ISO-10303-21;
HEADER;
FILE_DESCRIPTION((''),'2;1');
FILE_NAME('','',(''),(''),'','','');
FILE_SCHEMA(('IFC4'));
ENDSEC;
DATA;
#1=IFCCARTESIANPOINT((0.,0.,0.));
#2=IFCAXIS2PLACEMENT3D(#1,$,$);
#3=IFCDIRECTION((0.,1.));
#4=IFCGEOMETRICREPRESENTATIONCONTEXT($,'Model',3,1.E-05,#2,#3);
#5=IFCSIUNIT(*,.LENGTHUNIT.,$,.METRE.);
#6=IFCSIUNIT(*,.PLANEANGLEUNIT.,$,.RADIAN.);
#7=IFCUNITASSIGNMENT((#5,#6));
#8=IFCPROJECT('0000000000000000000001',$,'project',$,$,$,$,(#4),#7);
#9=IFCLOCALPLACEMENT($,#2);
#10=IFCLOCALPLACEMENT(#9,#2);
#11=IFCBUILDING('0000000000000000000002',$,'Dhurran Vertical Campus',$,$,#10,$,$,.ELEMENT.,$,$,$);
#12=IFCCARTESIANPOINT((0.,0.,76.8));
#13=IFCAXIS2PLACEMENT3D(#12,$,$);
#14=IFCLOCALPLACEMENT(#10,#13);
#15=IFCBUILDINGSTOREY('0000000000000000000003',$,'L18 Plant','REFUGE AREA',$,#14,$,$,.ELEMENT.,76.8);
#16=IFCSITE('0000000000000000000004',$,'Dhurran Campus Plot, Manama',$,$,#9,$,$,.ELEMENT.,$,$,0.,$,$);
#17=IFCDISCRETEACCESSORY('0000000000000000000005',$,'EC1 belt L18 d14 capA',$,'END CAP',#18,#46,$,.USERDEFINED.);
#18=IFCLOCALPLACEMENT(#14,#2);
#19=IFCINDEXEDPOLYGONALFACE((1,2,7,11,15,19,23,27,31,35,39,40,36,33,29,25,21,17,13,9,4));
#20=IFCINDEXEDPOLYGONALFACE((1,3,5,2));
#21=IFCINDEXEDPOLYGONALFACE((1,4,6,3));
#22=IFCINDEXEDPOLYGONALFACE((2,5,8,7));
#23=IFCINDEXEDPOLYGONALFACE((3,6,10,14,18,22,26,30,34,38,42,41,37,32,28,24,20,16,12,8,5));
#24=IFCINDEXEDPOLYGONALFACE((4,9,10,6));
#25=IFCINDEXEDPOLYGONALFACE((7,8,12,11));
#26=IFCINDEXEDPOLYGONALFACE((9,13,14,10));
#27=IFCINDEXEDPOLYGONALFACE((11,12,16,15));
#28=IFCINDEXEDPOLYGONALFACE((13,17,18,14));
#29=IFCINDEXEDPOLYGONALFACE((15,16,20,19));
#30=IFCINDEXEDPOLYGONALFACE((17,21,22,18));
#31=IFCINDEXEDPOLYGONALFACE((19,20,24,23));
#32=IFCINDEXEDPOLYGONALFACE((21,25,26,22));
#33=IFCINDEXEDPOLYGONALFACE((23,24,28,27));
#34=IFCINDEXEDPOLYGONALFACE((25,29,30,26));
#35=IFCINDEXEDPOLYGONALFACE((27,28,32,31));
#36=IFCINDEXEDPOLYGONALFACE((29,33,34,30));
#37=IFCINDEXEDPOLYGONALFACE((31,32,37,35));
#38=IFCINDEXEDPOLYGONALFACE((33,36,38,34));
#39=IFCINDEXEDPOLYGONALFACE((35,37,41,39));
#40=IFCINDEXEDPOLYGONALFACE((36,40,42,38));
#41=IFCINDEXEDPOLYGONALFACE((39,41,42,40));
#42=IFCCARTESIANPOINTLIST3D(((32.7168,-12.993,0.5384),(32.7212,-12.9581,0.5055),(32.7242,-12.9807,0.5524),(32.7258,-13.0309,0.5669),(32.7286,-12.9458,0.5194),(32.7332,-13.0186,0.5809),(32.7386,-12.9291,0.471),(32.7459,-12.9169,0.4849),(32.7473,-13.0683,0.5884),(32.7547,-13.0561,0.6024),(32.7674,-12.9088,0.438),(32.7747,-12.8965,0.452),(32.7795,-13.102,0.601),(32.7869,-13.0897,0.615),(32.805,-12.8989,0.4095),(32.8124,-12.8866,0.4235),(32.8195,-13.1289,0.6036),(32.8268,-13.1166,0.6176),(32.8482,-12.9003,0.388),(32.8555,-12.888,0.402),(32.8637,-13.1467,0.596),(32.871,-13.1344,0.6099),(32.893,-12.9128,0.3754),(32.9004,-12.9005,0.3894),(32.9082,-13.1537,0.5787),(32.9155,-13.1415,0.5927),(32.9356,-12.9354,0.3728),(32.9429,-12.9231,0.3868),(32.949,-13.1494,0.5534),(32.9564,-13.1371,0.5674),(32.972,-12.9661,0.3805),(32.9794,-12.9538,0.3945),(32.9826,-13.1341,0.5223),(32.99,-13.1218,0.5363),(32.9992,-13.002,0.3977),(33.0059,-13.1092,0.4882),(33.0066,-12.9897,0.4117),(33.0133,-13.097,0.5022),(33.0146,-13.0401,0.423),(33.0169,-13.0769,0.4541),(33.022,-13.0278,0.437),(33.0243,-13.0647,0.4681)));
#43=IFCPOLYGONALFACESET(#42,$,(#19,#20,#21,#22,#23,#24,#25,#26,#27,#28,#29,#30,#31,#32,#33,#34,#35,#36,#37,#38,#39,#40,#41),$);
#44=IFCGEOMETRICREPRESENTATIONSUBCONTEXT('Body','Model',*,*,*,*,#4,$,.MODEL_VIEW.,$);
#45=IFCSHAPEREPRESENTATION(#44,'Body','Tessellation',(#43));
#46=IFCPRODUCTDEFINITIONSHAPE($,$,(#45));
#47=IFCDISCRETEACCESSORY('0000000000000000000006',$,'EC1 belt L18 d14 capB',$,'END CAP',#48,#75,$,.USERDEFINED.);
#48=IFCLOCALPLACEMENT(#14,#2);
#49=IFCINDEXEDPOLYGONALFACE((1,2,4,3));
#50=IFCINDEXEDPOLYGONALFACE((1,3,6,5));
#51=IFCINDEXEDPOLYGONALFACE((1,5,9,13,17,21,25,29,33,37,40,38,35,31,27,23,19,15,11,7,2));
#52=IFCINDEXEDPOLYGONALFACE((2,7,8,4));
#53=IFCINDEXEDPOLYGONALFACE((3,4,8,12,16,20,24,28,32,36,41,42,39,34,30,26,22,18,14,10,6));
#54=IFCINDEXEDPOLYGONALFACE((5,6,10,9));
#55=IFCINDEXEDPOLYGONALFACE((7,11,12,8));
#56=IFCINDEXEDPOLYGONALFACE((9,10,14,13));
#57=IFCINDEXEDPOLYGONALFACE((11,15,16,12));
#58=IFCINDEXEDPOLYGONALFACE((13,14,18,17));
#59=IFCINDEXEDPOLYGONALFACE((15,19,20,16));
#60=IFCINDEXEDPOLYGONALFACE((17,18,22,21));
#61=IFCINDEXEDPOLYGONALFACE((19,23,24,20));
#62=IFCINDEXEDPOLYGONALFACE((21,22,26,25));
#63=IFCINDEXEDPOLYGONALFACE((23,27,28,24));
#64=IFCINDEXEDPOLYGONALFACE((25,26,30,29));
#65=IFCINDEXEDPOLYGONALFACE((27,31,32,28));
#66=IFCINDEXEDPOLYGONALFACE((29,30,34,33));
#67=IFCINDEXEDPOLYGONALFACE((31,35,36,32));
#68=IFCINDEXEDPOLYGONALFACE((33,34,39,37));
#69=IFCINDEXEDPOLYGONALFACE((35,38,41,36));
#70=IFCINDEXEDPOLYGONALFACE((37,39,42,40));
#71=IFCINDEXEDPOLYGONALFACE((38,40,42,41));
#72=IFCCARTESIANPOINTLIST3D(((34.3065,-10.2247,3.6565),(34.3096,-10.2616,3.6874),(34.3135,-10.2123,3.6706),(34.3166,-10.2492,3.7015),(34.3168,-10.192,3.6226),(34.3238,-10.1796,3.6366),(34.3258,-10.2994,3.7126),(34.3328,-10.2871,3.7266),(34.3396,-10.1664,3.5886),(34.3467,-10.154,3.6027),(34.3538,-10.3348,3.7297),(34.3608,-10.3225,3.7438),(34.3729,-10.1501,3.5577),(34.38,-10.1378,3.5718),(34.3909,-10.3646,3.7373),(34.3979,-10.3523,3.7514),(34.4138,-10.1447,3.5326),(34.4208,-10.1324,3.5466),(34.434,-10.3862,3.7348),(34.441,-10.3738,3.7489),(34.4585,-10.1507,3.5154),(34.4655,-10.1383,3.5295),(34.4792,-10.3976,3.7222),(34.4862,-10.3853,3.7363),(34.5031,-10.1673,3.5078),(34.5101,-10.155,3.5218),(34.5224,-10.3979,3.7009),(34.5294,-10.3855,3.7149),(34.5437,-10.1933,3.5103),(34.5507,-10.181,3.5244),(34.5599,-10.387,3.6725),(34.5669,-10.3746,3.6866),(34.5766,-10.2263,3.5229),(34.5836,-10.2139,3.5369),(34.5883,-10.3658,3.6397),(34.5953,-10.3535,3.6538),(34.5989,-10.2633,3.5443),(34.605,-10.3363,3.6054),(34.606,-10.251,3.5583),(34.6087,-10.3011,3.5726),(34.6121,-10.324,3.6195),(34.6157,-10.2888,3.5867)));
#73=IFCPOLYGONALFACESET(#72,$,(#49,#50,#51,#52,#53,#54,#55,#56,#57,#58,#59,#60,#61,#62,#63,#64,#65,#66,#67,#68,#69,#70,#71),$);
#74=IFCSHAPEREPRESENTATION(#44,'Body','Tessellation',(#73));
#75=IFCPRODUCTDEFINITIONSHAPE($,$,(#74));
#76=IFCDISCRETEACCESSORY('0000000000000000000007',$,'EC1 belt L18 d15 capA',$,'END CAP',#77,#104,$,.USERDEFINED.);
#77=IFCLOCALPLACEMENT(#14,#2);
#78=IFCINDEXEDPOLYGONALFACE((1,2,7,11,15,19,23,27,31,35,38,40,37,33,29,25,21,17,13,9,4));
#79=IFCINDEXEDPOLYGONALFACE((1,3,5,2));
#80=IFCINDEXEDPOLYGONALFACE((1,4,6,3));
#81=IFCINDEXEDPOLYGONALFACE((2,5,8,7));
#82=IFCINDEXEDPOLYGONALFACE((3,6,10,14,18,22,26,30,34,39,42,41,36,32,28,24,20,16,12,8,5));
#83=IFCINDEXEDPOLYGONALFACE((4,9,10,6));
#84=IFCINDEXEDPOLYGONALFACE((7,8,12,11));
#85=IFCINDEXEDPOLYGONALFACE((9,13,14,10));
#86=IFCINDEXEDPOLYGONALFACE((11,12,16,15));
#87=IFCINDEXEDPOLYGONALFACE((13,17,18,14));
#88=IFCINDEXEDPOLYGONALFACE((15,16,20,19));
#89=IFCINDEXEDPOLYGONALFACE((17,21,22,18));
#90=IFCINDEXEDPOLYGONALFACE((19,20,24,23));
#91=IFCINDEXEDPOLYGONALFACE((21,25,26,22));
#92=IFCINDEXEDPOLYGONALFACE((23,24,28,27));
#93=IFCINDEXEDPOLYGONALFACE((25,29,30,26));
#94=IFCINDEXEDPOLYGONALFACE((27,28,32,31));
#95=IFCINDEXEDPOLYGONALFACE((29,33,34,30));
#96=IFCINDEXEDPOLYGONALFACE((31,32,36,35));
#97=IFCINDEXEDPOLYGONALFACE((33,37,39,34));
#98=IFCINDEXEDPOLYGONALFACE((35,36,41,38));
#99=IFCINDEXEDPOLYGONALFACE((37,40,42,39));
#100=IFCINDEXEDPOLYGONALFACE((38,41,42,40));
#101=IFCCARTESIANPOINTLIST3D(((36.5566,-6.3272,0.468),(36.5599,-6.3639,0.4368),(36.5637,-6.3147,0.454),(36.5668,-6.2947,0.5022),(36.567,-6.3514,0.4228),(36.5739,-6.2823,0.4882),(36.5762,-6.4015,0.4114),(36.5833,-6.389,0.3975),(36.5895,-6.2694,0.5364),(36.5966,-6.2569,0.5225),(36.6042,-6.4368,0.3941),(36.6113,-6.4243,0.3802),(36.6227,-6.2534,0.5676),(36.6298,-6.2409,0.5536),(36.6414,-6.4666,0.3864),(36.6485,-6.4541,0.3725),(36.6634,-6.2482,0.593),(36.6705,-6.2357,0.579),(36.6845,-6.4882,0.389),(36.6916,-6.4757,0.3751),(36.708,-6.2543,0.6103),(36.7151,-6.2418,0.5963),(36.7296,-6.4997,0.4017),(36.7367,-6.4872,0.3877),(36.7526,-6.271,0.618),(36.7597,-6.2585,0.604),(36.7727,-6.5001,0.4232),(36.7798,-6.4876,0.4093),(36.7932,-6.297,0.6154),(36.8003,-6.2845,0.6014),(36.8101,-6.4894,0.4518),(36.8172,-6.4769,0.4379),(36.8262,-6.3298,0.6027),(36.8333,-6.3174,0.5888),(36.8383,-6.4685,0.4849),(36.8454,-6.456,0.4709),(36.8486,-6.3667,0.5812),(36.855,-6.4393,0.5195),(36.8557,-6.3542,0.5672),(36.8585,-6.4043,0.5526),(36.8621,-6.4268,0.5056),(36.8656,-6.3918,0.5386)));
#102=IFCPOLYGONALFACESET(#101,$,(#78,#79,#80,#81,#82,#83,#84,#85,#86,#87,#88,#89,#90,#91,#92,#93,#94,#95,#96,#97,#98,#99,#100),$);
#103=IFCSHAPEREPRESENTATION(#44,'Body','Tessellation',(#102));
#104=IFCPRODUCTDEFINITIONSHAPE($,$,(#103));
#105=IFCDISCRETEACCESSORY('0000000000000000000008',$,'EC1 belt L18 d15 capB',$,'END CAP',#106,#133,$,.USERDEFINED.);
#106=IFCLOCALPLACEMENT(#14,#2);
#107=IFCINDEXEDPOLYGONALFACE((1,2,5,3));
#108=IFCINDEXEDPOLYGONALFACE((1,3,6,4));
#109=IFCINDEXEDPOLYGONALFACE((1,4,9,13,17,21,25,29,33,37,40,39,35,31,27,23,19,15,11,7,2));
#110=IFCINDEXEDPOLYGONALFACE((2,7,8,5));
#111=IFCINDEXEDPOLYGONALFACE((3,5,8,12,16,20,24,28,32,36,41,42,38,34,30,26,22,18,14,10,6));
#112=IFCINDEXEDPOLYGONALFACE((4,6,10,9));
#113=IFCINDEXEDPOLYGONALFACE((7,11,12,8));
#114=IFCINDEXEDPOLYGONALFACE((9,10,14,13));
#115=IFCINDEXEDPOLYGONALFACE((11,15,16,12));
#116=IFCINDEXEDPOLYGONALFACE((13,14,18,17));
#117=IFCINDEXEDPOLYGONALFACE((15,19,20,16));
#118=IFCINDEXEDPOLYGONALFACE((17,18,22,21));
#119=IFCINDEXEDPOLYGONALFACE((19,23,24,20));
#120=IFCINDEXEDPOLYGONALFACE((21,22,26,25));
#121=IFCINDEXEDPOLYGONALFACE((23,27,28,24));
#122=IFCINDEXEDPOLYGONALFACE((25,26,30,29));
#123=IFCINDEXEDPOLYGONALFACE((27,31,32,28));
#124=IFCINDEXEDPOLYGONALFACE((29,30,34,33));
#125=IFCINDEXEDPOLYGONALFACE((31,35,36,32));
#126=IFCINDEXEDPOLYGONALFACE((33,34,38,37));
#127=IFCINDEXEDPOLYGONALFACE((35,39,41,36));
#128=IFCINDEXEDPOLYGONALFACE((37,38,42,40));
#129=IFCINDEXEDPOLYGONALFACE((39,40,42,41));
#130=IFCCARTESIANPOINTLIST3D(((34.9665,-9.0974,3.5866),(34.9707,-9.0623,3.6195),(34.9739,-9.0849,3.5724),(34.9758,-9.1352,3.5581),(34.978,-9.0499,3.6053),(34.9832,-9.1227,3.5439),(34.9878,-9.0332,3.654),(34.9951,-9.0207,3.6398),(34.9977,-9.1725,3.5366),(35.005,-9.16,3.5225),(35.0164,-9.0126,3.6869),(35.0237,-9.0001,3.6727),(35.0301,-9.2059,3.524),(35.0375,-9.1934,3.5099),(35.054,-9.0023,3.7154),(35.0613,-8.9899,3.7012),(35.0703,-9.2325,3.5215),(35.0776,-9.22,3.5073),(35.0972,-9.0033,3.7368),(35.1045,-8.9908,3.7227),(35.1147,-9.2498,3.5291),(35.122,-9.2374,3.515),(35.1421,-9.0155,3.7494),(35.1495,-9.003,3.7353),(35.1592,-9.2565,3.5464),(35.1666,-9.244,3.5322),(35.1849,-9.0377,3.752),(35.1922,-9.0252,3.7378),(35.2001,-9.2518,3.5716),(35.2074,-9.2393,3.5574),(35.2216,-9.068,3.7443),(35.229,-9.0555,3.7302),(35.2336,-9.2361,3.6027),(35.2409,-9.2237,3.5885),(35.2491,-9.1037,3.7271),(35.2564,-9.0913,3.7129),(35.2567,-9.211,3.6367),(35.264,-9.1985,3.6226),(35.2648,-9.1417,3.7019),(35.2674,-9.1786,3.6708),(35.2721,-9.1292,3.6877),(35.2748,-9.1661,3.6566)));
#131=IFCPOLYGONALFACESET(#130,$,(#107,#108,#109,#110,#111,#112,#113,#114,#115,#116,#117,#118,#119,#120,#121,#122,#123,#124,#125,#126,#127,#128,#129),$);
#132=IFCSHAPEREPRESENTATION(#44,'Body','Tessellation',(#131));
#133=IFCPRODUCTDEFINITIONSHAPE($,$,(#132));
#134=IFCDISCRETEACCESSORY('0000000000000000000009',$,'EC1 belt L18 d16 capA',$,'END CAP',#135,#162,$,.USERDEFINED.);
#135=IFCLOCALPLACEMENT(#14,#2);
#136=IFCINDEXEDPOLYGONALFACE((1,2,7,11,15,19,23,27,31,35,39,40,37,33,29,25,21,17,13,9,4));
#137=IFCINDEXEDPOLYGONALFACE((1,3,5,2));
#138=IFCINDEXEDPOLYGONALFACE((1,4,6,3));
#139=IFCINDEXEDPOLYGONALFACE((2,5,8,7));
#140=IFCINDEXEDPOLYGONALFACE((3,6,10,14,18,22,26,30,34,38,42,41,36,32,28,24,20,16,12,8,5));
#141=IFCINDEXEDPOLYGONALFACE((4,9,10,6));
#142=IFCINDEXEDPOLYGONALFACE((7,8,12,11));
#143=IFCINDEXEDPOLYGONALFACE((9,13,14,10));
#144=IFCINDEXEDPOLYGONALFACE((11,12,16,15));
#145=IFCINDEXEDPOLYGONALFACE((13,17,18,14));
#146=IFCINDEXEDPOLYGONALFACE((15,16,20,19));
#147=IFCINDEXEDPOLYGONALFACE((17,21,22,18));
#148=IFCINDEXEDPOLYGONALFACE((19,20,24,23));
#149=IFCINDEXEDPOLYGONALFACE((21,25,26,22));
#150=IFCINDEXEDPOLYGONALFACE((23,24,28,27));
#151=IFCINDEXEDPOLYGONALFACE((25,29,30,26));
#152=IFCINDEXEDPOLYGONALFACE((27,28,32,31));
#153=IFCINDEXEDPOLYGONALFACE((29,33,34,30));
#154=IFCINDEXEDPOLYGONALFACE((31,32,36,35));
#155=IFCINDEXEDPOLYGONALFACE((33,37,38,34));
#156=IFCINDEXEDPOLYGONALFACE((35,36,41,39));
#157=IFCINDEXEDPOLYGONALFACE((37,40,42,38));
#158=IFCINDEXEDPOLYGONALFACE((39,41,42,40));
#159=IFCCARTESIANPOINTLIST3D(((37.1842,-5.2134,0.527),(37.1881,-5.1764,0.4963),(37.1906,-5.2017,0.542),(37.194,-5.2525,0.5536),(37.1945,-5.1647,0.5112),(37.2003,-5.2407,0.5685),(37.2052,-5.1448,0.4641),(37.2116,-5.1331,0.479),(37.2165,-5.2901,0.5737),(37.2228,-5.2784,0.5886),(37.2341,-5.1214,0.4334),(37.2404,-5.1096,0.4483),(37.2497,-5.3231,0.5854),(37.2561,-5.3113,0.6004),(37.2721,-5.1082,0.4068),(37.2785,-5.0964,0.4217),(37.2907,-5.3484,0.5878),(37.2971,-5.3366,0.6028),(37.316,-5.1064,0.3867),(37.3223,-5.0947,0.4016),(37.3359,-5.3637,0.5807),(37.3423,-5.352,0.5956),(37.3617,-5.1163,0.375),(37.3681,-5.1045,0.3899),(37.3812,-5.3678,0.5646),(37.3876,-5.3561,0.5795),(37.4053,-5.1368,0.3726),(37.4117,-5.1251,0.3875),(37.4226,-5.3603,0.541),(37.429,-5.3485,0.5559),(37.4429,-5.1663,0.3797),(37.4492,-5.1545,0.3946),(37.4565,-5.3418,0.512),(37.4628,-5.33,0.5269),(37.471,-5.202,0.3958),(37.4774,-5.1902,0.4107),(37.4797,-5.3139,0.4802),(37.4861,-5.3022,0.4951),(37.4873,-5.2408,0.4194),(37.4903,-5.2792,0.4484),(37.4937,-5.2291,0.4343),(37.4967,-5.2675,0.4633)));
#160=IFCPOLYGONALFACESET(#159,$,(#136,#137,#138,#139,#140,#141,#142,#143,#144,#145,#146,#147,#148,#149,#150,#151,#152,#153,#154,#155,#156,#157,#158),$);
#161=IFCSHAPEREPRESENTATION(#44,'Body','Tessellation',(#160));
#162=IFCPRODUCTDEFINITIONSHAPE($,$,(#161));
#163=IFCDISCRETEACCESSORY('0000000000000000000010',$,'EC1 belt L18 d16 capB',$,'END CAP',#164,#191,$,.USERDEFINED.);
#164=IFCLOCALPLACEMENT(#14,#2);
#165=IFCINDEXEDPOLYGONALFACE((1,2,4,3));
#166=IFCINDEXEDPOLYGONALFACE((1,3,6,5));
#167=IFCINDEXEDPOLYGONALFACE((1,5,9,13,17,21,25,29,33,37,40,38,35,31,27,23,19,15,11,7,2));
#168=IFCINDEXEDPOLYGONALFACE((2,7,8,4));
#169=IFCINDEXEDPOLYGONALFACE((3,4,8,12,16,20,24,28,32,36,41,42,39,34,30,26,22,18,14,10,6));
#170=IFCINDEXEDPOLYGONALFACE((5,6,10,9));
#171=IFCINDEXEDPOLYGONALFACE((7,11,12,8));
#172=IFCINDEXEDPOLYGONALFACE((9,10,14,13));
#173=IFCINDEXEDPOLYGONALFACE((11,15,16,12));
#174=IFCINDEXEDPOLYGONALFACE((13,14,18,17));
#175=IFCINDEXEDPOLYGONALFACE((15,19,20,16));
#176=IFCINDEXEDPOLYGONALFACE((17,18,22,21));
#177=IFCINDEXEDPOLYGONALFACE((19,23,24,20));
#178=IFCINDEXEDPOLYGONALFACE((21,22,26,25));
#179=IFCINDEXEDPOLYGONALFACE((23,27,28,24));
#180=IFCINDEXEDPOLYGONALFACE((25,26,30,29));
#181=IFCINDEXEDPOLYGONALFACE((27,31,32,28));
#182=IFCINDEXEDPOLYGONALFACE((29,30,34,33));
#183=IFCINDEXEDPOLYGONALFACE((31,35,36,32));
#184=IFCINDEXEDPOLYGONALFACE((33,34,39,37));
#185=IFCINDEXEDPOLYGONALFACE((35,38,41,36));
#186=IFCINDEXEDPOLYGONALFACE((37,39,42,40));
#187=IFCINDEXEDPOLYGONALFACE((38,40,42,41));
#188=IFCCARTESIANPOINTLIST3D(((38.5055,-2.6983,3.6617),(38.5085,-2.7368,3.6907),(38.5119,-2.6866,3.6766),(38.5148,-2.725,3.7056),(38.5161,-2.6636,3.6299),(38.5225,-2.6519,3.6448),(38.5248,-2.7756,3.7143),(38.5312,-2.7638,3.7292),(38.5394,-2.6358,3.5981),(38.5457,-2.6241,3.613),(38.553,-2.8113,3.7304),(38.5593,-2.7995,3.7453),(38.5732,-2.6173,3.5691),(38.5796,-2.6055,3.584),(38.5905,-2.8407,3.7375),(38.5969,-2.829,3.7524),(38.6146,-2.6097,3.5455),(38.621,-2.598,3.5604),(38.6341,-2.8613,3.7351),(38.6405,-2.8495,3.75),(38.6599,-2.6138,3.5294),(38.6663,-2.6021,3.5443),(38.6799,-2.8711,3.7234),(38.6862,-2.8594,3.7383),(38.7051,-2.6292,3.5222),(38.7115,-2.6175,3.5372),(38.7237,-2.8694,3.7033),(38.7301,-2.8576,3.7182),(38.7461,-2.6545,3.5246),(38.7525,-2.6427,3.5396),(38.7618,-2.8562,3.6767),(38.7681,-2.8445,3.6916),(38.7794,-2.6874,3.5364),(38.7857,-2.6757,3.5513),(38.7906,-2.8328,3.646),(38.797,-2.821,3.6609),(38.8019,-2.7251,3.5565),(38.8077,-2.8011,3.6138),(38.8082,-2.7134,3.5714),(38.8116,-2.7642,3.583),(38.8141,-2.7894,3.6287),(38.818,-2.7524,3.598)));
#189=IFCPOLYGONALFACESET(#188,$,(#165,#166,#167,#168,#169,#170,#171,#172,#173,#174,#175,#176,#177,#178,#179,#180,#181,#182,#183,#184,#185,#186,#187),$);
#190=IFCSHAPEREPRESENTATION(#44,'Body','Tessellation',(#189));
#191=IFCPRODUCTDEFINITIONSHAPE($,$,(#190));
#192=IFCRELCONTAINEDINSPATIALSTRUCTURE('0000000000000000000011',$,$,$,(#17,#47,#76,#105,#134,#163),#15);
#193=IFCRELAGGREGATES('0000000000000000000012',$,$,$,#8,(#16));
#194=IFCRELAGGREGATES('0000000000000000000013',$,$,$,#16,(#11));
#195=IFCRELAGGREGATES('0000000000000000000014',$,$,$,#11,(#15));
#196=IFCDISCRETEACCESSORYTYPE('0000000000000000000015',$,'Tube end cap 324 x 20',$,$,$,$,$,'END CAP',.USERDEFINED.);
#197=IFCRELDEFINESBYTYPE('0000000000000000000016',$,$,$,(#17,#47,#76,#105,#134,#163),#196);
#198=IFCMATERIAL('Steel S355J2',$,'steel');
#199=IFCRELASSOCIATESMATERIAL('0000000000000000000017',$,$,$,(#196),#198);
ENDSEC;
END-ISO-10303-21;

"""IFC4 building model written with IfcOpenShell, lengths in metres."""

from ifc_helpers import new_model, si_unit, direction, frame, origin, origin_2d, place, context, subcontext, project, spatial, circle, extrude, material, material_profile, profile_set, type_object, element, save


model = new_model("IFC4")

# Units and contexts
model_context = context("Model", 3, precision=1e-05, world=origin(), true_north=direction((0.0, 1.0)))
body_context = subcontext(model_context, "Body", "Model", "MODEL_VIEW")
ifc_project = project(units=[si_unit("LENGTHUNIT", "METRE"), si_unit("PLANEANGLEUNIT", "RADIAN")], contexts=[model_context])

# Site, building, storey
site_placement = place(None, origin())
site = spatial("IfcSite", under=ifc_project, at=site_placement, Name="Dhurran Campus Plot, Manama", CompositionType="ELEMENT", RefElevation=0.0)
building_placement = place(site_placement, origin())
building = spatial("IfcBuilding", under=site, at=building_placement, Name="Dhurran Vertical Campus", CompositionType="ELEMENT")
storey_placement = place(building_placement, frame((0.0, 0.0, 76.8)))
storey = spatial("IfcBuildingStorey", under=building, at=storey_placement, Name="L18 Plant", Description="REFUGE AREA", CompositionType="ELEMENT", Elevation=76.8)

# Discrete accessories
ifc_material_1 = material(Name="Steel S355J2", Category="steel")
ifc_material_profile_1 = material_profile(ifc_material_1, circle(Radius=0.1619, at=origin_2d()), Name="Tube end cap 324 x 20")
ifc_profile_set_1 = profile_set([ifc_material_profile_1], Name="Steel S355J2")
discrete_accessory_type = type_object("IfcDiscreteAccessoryType", Name="Tube end cap 324 x 20", ElementType="END CAP", PredefinedType="USERDEFINED", material=ifc_profile_set_1)
for number, where, z_axis, x_axis, name in (
    (1, (32.8745, -13.0137, 0.5022), (-0.367911, -0.613185, -0.699031), (0.857493, -0.514496, 0.0), "EC1 belt L18 d14 capA"),
    (2, (34.4575, -10.272, 3.6226), (0.351522, 0.618193, 0.703043), (-0.86929, 0.494302, 0.0), "EC1 belt L18 d14 capB"),
    (3, (36.7075, -6.3748, 0.5022), (0.35453, 0.623483, -0.696834), (-0.86929, 0.494302, 0.0), "EC1 belt L18 d15 capA"),
):
    element("IfcDiscreteAccessory", number, at=place(storey_placement, frame(where, z_axis=z_axis, x_axis=x_axis)), inside=storey, type_object=discrete_accessory_type, Name=name, ObjectType="END CAP", PredefinedType="USERDEFINED", context=body_context, shape_type="SweptSolid", body=[
        extrude(circle(Radius=0.1619, at=origin_2d()), origin(), (0.0, 0.0, 1.0), 0.02),
    ])
discrete_accessory_placement = place(storey_placement, frame((35.1245, -9.1165, 3.6226), z_axis=(-0.362077, -0.615531, 0.700016), x_axis=(0.861934, -0.50702, 0.0)))
element("IfcDiscreteAccessory", 4, at=discrete_accessory_placement, inside=storey, type_object=discrete_accessory_type, Name="EC1 belt L18 d15 capB", ObjectType="END CAP", PredefinedType="USERDEFINED", context=body_context, shape_type="SweptSolid", body=[
    extrude(circle(Radius=0.1619, at=origin_2d()), origin(), (0.0, 0.0, 1.0), 0.0203),
])
for number, where, z_axis, x_axis, name in (
    (5, (37.3438, -5.2251, 0.4951), (-0.317617, -0.58637, -0.745178), (0.879292, -0.476283, 0.0), "EC1 belt L18 d16 capA"),
    (6, (38.6584, -2.7407, 3.6299), (0.317617, 0.58637, 0.745178), (-0.879292, 0.476283, 0.0), "EC1 belt L18 d16 capB"),
):
    element("IfcDiscreteAccessory", number, at=place(storey_placement, frame(where, z_axis=z_axis, x_axis=x_axis)), inside=storey, type_object=discrete_accessory_type, Name=name, ObjectType="END CAP", PredefinedType="USERDEFINED", context=body_context, shape_type="SweptSolid", body=[
        extrude(circle(Radius=0.1619, at=origin_2d()), origin(), (0.0, 0.0, 1.0), 0.02),
    ])

save(model, "model.ifc")
